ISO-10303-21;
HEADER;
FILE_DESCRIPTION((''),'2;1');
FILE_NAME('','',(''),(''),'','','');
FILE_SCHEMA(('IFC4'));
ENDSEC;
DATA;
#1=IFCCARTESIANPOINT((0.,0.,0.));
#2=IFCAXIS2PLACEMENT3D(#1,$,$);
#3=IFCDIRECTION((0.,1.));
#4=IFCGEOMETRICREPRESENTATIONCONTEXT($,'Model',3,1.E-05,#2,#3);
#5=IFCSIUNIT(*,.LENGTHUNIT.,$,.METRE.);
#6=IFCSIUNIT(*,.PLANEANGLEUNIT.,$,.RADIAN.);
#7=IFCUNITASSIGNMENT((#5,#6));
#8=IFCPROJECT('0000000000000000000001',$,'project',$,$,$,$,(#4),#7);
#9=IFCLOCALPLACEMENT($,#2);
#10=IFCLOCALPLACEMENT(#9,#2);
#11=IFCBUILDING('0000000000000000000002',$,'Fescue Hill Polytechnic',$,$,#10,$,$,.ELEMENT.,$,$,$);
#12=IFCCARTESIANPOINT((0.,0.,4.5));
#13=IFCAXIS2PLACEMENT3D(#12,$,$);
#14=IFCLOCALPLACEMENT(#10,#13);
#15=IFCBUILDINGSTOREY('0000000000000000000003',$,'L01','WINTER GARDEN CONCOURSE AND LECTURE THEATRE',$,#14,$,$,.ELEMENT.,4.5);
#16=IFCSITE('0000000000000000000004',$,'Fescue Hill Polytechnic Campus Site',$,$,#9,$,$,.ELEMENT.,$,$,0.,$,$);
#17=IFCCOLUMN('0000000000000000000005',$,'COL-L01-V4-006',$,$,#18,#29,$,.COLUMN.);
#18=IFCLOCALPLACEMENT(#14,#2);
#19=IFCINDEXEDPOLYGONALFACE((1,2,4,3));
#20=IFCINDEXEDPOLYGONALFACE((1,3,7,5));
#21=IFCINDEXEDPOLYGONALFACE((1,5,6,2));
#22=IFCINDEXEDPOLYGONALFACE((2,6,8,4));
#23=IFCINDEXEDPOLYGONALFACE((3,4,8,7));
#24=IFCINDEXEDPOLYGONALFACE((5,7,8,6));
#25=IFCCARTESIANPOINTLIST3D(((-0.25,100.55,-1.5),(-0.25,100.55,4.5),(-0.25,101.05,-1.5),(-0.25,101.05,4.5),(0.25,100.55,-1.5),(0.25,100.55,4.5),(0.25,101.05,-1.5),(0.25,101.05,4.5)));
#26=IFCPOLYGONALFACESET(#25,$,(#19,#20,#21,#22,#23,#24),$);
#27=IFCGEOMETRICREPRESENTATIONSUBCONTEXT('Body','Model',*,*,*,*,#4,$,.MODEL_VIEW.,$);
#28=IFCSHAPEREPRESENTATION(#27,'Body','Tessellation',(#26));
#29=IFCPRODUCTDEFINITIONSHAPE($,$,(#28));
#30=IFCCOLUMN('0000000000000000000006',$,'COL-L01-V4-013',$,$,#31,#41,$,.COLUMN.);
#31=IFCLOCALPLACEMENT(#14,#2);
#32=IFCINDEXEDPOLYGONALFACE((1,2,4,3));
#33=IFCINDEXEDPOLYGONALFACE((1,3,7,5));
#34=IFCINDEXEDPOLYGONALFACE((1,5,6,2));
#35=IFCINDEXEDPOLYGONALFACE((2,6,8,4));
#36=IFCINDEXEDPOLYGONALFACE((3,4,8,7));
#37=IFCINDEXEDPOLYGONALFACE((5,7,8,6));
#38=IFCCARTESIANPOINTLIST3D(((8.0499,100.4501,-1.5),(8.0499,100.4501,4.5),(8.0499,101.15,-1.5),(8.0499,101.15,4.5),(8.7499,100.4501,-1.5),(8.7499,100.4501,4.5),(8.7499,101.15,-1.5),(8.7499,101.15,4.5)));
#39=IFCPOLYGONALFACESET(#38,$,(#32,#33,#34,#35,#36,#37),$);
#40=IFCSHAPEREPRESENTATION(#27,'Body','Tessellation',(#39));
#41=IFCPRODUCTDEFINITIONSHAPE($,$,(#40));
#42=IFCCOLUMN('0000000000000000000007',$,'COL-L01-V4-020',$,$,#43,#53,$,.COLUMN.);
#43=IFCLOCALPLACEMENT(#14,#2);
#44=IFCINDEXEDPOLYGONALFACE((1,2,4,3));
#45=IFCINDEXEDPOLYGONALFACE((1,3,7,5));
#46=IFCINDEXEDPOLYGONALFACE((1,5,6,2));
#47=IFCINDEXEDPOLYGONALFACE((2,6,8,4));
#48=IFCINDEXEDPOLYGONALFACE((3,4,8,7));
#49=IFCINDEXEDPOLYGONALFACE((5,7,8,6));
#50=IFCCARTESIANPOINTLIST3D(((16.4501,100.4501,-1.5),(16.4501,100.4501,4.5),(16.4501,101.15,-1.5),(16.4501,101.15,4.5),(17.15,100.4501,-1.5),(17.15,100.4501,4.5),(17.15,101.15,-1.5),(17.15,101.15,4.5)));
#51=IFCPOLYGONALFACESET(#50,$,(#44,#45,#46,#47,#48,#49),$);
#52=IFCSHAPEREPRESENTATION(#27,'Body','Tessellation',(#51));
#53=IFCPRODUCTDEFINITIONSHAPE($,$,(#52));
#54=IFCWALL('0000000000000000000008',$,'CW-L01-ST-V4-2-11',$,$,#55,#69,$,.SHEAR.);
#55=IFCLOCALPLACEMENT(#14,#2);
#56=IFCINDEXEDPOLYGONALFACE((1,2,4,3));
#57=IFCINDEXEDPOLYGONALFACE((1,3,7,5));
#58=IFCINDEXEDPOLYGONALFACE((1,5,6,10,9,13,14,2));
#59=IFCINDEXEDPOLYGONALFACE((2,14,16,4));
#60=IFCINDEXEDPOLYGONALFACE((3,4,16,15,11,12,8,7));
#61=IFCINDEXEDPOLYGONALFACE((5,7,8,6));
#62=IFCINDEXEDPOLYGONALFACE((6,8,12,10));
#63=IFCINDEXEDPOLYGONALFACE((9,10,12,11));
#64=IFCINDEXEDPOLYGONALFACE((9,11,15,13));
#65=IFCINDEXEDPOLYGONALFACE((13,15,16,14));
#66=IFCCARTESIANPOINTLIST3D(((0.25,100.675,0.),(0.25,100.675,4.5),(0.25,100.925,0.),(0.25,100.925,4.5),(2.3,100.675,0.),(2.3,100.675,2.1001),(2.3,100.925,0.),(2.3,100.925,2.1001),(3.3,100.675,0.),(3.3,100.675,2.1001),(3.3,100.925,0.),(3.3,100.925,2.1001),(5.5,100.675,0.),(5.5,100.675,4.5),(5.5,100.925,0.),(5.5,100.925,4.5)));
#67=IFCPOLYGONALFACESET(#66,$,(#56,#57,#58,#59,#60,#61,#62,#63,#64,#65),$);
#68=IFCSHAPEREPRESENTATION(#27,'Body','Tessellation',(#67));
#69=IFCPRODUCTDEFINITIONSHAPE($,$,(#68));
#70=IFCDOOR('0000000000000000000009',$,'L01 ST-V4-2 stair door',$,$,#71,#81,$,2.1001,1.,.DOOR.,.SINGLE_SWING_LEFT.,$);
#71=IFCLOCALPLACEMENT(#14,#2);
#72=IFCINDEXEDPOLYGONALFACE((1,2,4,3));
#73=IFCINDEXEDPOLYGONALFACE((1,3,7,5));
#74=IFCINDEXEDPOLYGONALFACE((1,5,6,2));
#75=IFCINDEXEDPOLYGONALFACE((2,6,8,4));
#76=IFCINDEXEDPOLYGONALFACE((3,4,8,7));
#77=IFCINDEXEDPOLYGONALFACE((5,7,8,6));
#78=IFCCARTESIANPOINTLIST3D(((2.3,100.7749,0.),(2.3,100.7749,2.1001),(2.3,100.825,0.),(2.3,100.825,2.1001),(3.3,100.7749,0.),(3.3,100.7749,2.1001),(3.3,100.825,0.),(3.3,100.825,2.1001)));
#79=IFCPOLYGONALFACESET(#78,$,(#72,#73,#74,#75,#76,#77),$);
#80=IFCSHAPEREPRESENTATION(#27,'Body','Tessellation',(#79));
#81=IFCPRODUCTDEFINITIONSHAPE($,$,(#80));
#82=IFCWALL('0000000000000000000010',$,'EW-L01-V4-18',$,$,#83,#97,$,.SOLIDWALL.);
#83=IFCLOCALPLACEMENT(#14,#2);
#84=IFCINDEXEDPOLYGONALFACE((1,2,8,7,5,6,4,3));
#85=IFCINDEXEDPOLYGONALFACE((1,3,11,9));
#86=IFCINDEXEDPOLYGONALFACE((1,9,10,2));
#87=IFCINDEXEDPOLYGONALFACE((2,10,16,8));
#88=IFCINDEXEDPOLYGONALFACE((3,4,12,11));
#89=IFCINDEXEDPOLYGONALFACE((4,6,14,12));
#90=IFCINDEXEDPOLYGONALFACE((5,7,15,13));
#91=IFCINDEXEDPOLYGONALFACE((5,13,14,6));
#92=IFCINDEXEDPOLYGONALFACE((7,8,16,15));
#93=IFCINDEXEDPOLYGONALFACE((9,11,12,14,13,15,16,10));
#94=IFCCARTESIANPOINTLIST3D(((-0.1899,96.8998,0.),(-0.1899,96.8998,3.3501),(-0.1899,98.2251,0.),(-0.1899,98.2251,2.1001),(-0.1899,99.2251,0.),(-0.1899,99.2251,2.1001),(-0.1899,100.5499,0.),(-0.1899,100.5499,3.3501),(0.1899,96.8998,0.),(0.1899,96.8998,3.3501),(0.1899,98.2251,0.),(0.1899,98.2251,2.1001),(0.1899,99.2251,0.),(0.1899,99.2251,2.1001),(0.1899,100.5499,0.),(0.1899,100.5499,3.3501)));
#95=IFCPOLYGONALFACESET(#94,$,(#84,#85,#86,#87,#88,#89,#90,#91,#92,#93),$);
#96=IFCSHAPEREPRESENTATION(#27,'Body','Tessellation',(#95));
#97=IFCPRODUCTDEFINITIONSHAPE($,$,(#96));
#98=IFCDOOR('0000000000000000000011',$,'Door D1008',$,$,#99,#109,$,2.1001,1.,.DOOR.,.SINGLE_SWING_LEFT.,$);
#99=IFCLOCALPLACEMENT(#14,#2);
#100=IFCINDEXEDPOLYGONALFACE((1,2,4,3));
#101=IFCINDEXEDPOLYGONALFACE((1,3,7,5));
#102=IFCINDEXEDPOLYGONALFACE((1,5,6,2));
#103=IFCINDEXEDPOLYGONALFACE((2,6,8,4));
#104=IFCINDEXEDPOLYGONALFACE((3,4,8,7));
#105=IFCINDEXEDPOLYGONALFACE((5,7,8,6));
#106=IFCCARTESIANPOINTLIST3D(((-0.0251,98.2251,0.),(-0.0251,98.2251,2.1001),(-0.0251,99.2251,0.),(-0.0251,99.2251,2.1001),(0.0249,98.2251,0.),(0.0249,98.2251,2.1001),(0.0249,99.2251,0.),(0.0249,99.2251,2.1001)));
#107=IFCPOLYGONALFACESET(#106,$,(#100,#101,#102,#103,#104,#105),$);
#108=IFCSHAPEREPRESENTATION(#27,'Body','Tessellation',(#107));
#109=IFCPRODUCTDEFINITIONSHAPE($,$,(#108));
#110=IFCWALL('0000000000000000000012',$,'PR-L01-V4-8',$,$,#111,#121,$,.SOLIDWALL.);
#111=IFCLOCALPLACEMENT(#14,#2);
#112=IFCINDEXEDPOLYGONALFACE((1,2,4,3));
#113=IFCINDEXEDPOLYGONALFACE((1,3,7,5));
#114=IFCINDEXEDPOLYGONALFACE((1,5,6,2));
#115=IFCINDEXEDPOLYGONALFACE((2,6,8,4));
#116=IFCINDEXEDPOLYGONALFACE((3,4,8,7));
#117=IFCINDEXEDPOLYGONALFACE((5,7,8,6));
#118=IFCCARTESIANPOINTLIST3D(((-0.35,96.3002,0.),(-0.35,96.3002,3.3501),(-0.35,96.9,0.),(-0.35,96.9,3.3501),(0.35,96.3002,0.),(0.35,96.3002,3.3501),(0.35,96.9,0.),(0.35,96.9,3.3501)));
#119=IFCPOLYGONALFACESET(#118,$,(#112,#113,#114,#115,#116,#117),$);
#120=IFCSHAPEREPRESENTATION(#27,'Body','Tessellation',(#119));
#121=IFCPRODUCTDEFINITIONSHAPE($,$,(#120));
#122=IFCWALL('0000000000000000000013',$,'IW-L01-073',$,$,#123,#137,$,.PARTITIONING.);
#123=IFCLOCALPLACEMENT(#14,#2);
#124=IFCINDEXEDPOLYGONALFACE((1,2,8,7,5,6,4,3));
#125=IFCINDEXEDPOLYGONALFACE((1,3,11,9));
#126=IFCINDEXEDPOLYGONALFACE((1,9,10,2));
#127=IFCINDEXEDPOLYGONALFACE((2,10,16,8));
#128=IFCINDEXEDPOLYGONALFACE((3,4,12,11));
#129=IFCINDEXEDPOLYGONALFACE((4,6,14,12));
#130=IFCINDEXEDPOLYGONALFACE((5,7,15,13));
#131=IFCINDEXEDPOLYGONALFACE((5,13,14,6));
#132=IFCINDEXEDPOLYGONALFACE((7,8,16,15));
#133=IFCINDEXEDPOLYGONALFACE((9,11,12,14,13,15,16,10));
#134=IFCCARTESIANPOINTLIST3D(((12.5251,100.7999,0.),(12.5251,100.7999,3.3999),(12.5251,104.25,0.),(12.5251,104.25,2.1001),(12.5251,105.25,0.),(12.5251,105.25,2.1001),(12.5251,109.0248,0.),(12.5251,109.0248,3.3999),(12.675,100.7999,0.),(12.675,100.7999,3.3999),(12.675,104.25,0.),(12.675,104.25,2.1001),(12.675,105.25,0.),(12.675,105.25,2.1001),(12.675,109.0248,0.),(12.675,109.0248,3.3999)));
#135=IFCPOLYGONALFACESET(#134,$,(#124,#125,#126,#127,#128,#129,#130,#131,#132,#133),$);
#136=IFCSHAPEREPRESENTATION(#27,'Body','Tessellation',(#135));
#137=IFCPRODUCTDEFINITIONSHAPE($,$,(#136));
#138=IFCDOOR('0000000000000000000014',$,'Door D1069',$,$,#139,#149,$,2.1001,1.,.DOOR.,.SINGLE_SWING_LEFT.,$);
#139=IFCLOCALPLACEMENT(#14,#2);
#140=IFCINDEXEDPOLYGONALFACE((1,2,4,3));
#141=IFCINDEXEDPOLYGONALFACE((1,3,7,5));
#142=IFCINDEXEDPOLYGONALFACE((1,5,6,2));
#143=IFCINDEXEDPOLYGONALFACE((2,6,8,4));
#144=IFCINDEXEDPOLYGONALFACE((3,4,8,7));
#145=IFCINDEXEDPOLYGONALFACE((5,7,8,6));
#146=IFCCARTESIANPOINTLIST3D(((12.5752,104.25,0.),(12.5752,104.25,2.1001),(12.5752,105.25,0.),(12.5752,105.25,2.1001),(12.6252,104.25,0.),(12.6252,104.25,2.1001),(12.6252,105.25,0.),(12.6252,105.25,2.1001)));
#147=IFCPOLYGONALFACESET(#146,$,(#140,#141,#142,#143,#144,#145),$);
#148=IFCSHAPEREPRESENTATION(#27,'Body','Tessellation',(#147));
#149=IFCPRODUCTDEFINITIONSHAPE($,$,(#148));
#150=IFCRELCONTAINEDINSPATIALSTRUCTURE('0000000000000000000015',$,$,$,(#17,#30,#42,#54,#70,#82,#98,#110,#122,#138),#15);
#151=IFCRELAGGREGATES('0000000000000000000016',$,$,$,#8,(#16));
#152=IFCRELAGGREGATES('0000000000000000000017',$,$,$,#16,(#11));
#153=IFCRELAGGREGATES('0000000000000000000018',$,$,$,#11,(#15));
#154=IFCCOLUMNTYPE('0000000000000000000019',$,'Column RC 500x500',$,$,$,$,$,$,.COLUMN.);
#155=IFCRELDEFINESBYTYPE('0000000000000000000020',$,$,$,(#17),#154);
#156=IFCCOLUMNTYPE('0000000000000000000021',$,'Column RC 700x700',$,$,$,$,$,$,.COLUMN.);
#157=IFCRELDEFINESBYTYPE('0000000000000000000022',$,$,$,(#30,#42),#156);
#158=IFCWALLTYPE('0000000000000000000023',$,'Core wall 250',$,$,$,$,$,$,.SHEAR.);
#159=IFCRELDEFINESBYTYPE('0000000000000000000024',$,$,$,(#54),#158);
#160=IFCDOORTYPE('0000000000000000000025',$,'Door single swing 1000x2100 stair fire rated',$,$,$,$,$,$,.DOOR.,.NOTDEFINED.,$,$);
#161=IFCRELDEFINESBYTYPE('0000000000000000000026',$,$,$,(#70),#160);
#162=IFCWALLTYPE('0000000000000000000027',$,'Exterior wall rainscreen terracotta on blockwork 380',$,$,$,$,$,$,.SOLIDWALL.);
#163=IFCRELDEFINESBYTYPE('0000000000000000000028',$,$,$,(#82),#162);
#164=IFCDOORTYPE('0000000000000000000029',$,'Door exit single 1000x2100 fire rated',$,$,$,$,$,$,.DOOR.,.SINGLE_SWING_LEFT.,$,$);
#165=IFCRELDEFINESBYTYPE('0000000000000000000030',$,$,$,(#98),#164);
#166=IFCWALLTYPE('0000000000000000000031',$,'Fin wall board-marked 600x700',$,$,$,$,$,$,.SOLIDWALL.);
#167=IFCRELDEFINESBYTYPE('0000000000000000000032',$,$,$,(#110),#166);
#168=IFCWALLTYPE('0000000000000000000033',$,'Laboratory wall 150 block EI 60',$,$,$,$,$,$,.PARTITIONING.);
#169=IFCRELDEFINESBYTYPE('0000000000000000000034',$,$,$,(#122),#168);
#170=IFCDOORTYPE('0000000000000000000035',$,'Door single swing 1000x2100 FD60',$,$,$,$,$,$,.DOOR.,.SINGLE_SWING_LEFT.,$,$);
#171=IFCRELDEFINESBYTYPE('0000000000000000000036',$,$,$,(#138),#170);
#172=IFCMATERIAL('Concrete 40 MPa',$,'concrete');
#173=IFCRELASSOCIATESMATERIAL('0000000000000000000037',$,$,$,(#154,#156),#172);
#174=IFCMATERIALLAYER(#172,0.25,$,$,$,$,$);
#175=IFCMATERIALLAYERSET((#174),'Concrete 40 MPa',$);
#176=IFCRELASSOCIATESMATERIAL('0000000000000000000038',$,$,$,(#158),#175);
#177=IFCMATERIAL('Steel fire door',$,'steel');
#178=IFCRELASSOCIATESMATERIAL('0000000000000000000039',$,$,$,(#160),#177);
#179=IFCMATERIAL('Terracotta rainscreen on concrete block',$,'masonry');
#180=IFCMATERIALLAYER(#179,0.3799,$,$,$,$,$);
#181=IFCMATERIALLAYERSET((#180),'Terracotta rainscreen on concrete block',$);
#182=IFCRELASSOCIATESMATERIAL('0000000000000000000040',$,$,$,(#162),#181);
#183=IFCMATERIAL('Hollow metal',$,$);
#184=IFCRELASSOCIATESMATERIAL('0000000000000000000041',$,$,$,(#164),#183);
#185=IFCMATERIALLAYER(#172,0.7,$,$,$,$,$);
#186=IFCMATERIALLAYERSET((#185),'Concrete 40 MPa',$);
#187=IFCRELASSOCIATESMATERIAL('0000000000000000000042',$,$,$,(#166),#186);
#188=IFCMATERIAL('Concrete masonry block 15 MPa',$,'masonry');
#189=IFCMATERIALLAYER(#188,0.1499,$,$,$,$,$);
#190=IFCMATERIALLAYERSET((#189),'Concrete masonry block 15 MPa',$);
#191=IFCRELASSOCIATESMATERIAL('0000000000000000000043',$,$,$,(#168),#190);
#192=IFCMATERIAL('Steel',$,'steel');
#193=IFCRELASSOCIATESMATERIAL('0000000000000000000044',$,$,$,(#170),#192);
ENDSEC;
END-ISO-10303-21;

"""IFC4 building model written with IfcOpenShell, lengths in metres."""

from ifc_helpers import new_model, si_unit, direction, frame, frame_2d, origin, origin_2d, place, context, subcontext, project, spatial, rectangle, extrude, material, layer, layer_set, material_profile, profile_set, type_object, element, fill, save


model = new_model("IFC4")

# Units and contexts
model_context = context("Model", 3, precision=1e-05, world=origin(), true_north=direction((0.0, 1.0)))
body_context = subcontext(model_context, "Body", "Model", "MODEL_VIEW")
ifc_project = project(units=[si_unit("LENGTHUNIT", "METRE"), si_unit("PLANEANGLEUNIT", "RADIAN")], contexts=[model_context])

# Site, building, storey
site_placement = place(None, origin())
site = spatial("IfcSite", under=ifc_project, at=site_placement, Name="Fescue Hill Polytechnic Campus Site", CompositionType="ELEMENT", RefElevation=0.0)
building_placement = place(site_placement, origin())
building = spatial("IfcBuilding", under=site, at=building_placement, Name="Fescue Hill Polytechnic", CompositionType="ELEMENT")
storey_placement = place(building_placement, frame((0.0, 0.0, 4.5)))
storey = spatial("IfcBuildingStorey", under=building, at=storey_placement, Name="L01", Description="WINTER GARDEN CONCOURSE AND LECTURE THEATRE", CompositionType="ELEMENT", Elevation=4.5)

# Columns
ifc_material_1 = material(Name="Concrete 40 MPa", Category="concrete")
ifc_material_profile_1 = material_profile(ifc_material_1, rectangle(XDim=0.5, YDim=0.5, at=origin_2d()), Name="RC 500x500")
ifc_profile_set_1 = profile_set([ifc_material_profile_1], Name="Concrete 40 MPa")
column_type_1 = type_object("IfcColumnType", Name="Column RC 500x500", PredefinedType="COLUMN", material=ifc_profile_set_1)
column_placement = place(storey_placement, frame((0.0, 100.8, -1.5), z_axis=(0.0, 0.0, 1.0), x_axis=(1.0, 0.0, 0.0)))
element("IfcColumn", 1, at=column_placement, inside=storey, type_object=column_type_1, Name="COL-L01-V4-006", PredefinedType="COLUMN", context=body_context, shape_type="SweptSolid", body=[
    extrude(rectangle(XDim=0.5, YDim=0.5, at=origin_2d()), origin(), (0.0, 0.0, 1.0), 6.0),
])
ifc_material_profile_2 = material_profile(ifc_material_1, rectangle(XDim=0.7, YDim=0.7, at=origin_2d()), Name="RC 700x700")
ifc_profile_set_2 = profile_set([ifc_material_profile_2], Name="Concrete 40 MPa")
column_type_2 = type_object("IfcColumnType", Name="Column RC 700x700", PredefinedType="COLUMN", material=ifc_profile_set_2)
for number, where, z_axis, x_axis, name in (
    (2, (8.3999, 100.8, -1.5), (0.0, 0.0, 1.0), (1.0, 0.0, 0.0), "COL-L01-V4-013"),
    (3, (16.8, 100.8, -1.5), (0.0, 0.0, 1.0), (1.0, 0.0, 0.0), "COL-L01-V4-020"),
):
    element("IfcColumn", number, at=place(storey_placement, frame(where, z_axis=z_axis, x_axis=x_axis)), inside=storey, type_object=column_type_2, Name=name, PredefinedType="COLUMN", context=body_context, shape_type="SweptSolid", body=[
        extrude(rectangle(XDim=0.7, YDim=0.7, at=origin_2d()), origin(), (0.0, 0.0, 1.0), 6.0),
    ])

# Walls, openings, doors
ifc_layer_1 = layer(ifc_material_1, 0.25)
ifc_layer_set_1 = layer_set([ifc_layer_1], Name="Concrete 40 MPa")
wall_type_1 = type_object("IfcWallType", Name="Core wall 250", PredefinedType="SHEAR", material=ifc_layer_set_1)
wall_1_placement = place(storey_placement, frame((0.25, 100.8, 0.0), z_axis=(0.0, 0.0, 1.0), x_axis=(1.0, 0.0, 0.0)))
wall_1 = element("IfcWall", 4, at=wall_1_placement, inside=storey, type_object=wall_type_1, Name="CW-L01-ST-V4-2-11", PredefinedType="SHEAR", context=body_context, shape_type="SweptSolid", body=[
    extrude(rectangle(XDim=5.25, YDim=0.25, at=frame_2d((2.625, 0.0))), origin(), (0.0, 0.0, 1.0), 4.5),
])
opening_1_placement = place(wall_1_placement, frame((2.05, 0.0, 0.0)))
opening_1 = element("IfcOpeningElement", 5, at=opening_1_placement, cuts=wall_1, PredefinedType="OPENING", context=body_context, shape_type="SweptSolid", body=[
    extrude(rectangle(XDim=1.0, YDim=2.1001, at=frame_2d((0.5, 1.05))), frame((0.0, 0.135, 0.0), z_axis=(0.0, -1.0, 0.0), x_axis=(1.0, 0.0, 0.0)), (0.0, 0.0, 1.0), 0.27),
])
ifc_material_2 = material(Name="Steel fire door", Category="steel")
door_type_1 = type_object("IfcDoorType", Name="Door single swing 1000x2100 stair fire rated", OperationType="NOTDEFINED", PredefinedType="DOOR", material=ifc_material_2)
door_1_placement = place(opening_1_placement, origin())
door_1 = element("IfcDoor", 6, at=door_1_placement, inside=storey, type_object=door_type_1, Name="L01 ST-V4-2 stair door", OperationType="SINGLE_SWING_LEFT", OverallHeight=2.1001, OverallWidth=1.0, PredefinedType="DOOR", context=body_context, shape_type="SweptSolid", body=[
    extrude(rectangle(XDim=1.0, YDim=2.1001, at=frame_2d((0.5, 1.05))), frame((0.0, 0.0249, 0.0), z_axis=(0.0, -1.0, 0.0), x_axis=(1.0, 0.0, 0.0)), (0.0, 0.0, 1.0), 0.05),
])
fill(opening_1, door_1)
ifc_material_3 = material(Name="Terracotta rainscreen on concrete block", Category="masonry")
ifc_layer_2 = layer(ifc_material_3, 0.3799)
ifc_layer_set_2 = layer_set([ifc_layer_2], Name="Terracotta rainscreen on concrete block")
wall_type_2 = type_object("IfcWallType", Name="Exterior wall rainscreen terracotta on blockwork 380", PredefinedType="SOLIDWALL", material=ifc_layer_set_2)
wall_2_placement = place(storey_placement, frame((0.0, 100.55, 0.0), z_axis=(0.0, 0.0, 1.0), x_axis=(0.0, -1.0, 0.0)))
wall_2 = element("IfcWall", 7, at=wall_2_placement, inside=storey, type_object=wall_type_2, Name="EW-L01-V4-18", PredefinedType="SOLIDWALL", context=body_context, shape_type="SweptSolid", body=[
    extrude(rectangle(XDim=3.6501, YDim=0.3799, at=frame_2d((1.8252, 0.0))), origin(), (0.0, 0.0, 1.0), 3.3501),
])
opening_2_placement = place(wall_2_placement, frame((1.325, 0.0, 0.0)))
opening_2 = element("IfcOpeningElement", 8, at=opening_2_placement, cuts=wall_2, PredefinedType="OPENING", context=body_context, shape_type="SweptSolid", body=[
    extrude(rectangle(XDim=1.0, YDim=2.1001, at=frame_2d((0.5, 1.05))), frame((0.0, 0.2, 0.0), z_axis=(0.0, -1.0, 0.0), x_axis=(1.0, 0.0, 0.0)), (0.0, 0.0, 1.0), 0.3999),
])
ifc_material_4 = material(Name="Hollow metal")
door_type_2 = type_object("IfcDoorType", Name="Door exit single 1000x2100 fire rated", OperationType="SINGLE_SWING_LEFT", PredefinedType="DOOR", material=ifc_material_4)
door_2_placement = place(opening_2_placement, origin())
door_2 = element("IfcDoor", 9, at=door_2_placement, inside=storey, type_object=door_type_2, Name="Door D1008", OperationType="SINGLE_SWING_LEFT", OverallHeight=2.1001, OverallWidth=1.0, PredefinedType="DOOR", context=body_context, shape_type="SweptSolid", body=[
    extrude(rectangle(XDim=1.0, YDim=2.1001, at=frame_2d((0.5, 1.05))), frame((0.0, 0.0249, 0.0), z_axis=(0.0, -1.0, 0.0), x_axis=(1.0, 0.0, 0.0)), (0.0, 0.0, 1.0), 0.05),
])
fill(opening_2, door_2)

# Wall
ifc_layer_3 = layer(ifc_material_1, 0.7)
ifc_layer_set_3 = layer_set([ifc_layer_3], Name="Concrete 40 MPa")
wall_type_3 = type_object("IfcWallType", Name="Fin wall board-marked 600x700", PredefinedType="SOLIDWALL", material=ifc_layer_set_3)
wall_3_placement = place(storey_placement, frame((0.0, 96.8999, 0.0), z_axis=(0.0, 0.0, 1.0), x_axis=(0.0, -1.0, 0.0)))
element("IfcWall", 10, at=wall_3_placement, inside=storey, type_object=wall_type_3, Name="PR-L01-V4-8", PredefinedType="SOLIDWALL", context=body_context, shape_type="SweptSolid", body=[
    extrude(rectangle(XDim=0.5999, YDim=0.7, at=frame_2d((0.2998, 0.0))), origin(), (0.0, 0.0, 1.0), 3.3501),
])

# Wall, opening, door
ifc_material_5 = material(Name="Concrete masonry block 15 MPa", Category="masonry")
ifc_layer_4 = layer(ifc_material_5, 0.1499)
ifc_layer_set_4 = layer_set([ifc_layer_4], Name="Concrete masonry block 15 MPa")
wall_type_4 = type_object("IfcWallType", Name="Laboratory wall 150 block EI 60", PredefinedType="PARTITIONING", material=ifc_layer_set_4)
wall_4_placement = place(storey_placement, frame((12.6001, 100.8, 0.0), z_axis=(0.0, 0.0, 1.0), x_axis=(0.0, 1.0, 0.0)))
wall_4 = element("IfcWall", 11, at=wall_4_placement, inside=storey, type_object=wall_type_4, Name="IW-L01-073", PredefinedType="PARTITIONING", context=body_context, shape_type="SweptSolid", body=[
    extrude(rectangle(XDim=8.2249, YDim=0.1499, at=frame_2d((4.1123, 0.0))), origin(), (0.0, 0.0, 1.0), 3.3999),
])
opening_3_placement = place(wall_4_placement, frame((3.45, 0.0, 0.0)))
opening_3 = element("IfcOpeningElement", 12, at=opening_3_placement, cuts=wall_4, PredefinedType="OPENING", context=body_context, shape_type="SweptSolid", body=[
    extrude(rectangle(XDim=1.0, YDim=2.1001, at=frame_2d((0.5, 1.05))), frame((0.0, 0.085, 0.0), z_axis=(0.0, -1.0, 0.0), x_axis=(1.0, 0.0, 0.0)), (0.0, 0.0, 1.0), 0.1699),
])
ifc_material_6 = material(Name="Steel", Category="steel")
door_type_3 = type_object("IfcDoorType", Name="Door single swing 1000x2100 FD60", OperationType="SINGLE_SWING_LEFT", PredefinedType="DOOR", material=ifc_material_6)
door_3_placement = place(opening_3_placement, origin())
door_3 = element("IfcDoor", 13, at=door_3_placement, inside=storey, type_object=door_type_3, Name="Door D1069", OperationType="SINGLE_SWING_LEFT", OverallHeight=2.1001, OverallWidth=1.0, PredefinedType="DOOR", context=body_context, shape_type="SweptSolid", body=[
    extrude(rectangle(XDim=1.0, YDim=2.1001, at=frame_2d((0.5, 1.05))), frame((0.0, 0.0249, 0.0), z_axis=(0.0, -1.0, 0.0), x_axis=(1.0, 0.0, 0.0)), (0.0, 0.0, 1.0), 0.05),
])
fill(opening_3, door_3)

save(model, "model.ifc")
